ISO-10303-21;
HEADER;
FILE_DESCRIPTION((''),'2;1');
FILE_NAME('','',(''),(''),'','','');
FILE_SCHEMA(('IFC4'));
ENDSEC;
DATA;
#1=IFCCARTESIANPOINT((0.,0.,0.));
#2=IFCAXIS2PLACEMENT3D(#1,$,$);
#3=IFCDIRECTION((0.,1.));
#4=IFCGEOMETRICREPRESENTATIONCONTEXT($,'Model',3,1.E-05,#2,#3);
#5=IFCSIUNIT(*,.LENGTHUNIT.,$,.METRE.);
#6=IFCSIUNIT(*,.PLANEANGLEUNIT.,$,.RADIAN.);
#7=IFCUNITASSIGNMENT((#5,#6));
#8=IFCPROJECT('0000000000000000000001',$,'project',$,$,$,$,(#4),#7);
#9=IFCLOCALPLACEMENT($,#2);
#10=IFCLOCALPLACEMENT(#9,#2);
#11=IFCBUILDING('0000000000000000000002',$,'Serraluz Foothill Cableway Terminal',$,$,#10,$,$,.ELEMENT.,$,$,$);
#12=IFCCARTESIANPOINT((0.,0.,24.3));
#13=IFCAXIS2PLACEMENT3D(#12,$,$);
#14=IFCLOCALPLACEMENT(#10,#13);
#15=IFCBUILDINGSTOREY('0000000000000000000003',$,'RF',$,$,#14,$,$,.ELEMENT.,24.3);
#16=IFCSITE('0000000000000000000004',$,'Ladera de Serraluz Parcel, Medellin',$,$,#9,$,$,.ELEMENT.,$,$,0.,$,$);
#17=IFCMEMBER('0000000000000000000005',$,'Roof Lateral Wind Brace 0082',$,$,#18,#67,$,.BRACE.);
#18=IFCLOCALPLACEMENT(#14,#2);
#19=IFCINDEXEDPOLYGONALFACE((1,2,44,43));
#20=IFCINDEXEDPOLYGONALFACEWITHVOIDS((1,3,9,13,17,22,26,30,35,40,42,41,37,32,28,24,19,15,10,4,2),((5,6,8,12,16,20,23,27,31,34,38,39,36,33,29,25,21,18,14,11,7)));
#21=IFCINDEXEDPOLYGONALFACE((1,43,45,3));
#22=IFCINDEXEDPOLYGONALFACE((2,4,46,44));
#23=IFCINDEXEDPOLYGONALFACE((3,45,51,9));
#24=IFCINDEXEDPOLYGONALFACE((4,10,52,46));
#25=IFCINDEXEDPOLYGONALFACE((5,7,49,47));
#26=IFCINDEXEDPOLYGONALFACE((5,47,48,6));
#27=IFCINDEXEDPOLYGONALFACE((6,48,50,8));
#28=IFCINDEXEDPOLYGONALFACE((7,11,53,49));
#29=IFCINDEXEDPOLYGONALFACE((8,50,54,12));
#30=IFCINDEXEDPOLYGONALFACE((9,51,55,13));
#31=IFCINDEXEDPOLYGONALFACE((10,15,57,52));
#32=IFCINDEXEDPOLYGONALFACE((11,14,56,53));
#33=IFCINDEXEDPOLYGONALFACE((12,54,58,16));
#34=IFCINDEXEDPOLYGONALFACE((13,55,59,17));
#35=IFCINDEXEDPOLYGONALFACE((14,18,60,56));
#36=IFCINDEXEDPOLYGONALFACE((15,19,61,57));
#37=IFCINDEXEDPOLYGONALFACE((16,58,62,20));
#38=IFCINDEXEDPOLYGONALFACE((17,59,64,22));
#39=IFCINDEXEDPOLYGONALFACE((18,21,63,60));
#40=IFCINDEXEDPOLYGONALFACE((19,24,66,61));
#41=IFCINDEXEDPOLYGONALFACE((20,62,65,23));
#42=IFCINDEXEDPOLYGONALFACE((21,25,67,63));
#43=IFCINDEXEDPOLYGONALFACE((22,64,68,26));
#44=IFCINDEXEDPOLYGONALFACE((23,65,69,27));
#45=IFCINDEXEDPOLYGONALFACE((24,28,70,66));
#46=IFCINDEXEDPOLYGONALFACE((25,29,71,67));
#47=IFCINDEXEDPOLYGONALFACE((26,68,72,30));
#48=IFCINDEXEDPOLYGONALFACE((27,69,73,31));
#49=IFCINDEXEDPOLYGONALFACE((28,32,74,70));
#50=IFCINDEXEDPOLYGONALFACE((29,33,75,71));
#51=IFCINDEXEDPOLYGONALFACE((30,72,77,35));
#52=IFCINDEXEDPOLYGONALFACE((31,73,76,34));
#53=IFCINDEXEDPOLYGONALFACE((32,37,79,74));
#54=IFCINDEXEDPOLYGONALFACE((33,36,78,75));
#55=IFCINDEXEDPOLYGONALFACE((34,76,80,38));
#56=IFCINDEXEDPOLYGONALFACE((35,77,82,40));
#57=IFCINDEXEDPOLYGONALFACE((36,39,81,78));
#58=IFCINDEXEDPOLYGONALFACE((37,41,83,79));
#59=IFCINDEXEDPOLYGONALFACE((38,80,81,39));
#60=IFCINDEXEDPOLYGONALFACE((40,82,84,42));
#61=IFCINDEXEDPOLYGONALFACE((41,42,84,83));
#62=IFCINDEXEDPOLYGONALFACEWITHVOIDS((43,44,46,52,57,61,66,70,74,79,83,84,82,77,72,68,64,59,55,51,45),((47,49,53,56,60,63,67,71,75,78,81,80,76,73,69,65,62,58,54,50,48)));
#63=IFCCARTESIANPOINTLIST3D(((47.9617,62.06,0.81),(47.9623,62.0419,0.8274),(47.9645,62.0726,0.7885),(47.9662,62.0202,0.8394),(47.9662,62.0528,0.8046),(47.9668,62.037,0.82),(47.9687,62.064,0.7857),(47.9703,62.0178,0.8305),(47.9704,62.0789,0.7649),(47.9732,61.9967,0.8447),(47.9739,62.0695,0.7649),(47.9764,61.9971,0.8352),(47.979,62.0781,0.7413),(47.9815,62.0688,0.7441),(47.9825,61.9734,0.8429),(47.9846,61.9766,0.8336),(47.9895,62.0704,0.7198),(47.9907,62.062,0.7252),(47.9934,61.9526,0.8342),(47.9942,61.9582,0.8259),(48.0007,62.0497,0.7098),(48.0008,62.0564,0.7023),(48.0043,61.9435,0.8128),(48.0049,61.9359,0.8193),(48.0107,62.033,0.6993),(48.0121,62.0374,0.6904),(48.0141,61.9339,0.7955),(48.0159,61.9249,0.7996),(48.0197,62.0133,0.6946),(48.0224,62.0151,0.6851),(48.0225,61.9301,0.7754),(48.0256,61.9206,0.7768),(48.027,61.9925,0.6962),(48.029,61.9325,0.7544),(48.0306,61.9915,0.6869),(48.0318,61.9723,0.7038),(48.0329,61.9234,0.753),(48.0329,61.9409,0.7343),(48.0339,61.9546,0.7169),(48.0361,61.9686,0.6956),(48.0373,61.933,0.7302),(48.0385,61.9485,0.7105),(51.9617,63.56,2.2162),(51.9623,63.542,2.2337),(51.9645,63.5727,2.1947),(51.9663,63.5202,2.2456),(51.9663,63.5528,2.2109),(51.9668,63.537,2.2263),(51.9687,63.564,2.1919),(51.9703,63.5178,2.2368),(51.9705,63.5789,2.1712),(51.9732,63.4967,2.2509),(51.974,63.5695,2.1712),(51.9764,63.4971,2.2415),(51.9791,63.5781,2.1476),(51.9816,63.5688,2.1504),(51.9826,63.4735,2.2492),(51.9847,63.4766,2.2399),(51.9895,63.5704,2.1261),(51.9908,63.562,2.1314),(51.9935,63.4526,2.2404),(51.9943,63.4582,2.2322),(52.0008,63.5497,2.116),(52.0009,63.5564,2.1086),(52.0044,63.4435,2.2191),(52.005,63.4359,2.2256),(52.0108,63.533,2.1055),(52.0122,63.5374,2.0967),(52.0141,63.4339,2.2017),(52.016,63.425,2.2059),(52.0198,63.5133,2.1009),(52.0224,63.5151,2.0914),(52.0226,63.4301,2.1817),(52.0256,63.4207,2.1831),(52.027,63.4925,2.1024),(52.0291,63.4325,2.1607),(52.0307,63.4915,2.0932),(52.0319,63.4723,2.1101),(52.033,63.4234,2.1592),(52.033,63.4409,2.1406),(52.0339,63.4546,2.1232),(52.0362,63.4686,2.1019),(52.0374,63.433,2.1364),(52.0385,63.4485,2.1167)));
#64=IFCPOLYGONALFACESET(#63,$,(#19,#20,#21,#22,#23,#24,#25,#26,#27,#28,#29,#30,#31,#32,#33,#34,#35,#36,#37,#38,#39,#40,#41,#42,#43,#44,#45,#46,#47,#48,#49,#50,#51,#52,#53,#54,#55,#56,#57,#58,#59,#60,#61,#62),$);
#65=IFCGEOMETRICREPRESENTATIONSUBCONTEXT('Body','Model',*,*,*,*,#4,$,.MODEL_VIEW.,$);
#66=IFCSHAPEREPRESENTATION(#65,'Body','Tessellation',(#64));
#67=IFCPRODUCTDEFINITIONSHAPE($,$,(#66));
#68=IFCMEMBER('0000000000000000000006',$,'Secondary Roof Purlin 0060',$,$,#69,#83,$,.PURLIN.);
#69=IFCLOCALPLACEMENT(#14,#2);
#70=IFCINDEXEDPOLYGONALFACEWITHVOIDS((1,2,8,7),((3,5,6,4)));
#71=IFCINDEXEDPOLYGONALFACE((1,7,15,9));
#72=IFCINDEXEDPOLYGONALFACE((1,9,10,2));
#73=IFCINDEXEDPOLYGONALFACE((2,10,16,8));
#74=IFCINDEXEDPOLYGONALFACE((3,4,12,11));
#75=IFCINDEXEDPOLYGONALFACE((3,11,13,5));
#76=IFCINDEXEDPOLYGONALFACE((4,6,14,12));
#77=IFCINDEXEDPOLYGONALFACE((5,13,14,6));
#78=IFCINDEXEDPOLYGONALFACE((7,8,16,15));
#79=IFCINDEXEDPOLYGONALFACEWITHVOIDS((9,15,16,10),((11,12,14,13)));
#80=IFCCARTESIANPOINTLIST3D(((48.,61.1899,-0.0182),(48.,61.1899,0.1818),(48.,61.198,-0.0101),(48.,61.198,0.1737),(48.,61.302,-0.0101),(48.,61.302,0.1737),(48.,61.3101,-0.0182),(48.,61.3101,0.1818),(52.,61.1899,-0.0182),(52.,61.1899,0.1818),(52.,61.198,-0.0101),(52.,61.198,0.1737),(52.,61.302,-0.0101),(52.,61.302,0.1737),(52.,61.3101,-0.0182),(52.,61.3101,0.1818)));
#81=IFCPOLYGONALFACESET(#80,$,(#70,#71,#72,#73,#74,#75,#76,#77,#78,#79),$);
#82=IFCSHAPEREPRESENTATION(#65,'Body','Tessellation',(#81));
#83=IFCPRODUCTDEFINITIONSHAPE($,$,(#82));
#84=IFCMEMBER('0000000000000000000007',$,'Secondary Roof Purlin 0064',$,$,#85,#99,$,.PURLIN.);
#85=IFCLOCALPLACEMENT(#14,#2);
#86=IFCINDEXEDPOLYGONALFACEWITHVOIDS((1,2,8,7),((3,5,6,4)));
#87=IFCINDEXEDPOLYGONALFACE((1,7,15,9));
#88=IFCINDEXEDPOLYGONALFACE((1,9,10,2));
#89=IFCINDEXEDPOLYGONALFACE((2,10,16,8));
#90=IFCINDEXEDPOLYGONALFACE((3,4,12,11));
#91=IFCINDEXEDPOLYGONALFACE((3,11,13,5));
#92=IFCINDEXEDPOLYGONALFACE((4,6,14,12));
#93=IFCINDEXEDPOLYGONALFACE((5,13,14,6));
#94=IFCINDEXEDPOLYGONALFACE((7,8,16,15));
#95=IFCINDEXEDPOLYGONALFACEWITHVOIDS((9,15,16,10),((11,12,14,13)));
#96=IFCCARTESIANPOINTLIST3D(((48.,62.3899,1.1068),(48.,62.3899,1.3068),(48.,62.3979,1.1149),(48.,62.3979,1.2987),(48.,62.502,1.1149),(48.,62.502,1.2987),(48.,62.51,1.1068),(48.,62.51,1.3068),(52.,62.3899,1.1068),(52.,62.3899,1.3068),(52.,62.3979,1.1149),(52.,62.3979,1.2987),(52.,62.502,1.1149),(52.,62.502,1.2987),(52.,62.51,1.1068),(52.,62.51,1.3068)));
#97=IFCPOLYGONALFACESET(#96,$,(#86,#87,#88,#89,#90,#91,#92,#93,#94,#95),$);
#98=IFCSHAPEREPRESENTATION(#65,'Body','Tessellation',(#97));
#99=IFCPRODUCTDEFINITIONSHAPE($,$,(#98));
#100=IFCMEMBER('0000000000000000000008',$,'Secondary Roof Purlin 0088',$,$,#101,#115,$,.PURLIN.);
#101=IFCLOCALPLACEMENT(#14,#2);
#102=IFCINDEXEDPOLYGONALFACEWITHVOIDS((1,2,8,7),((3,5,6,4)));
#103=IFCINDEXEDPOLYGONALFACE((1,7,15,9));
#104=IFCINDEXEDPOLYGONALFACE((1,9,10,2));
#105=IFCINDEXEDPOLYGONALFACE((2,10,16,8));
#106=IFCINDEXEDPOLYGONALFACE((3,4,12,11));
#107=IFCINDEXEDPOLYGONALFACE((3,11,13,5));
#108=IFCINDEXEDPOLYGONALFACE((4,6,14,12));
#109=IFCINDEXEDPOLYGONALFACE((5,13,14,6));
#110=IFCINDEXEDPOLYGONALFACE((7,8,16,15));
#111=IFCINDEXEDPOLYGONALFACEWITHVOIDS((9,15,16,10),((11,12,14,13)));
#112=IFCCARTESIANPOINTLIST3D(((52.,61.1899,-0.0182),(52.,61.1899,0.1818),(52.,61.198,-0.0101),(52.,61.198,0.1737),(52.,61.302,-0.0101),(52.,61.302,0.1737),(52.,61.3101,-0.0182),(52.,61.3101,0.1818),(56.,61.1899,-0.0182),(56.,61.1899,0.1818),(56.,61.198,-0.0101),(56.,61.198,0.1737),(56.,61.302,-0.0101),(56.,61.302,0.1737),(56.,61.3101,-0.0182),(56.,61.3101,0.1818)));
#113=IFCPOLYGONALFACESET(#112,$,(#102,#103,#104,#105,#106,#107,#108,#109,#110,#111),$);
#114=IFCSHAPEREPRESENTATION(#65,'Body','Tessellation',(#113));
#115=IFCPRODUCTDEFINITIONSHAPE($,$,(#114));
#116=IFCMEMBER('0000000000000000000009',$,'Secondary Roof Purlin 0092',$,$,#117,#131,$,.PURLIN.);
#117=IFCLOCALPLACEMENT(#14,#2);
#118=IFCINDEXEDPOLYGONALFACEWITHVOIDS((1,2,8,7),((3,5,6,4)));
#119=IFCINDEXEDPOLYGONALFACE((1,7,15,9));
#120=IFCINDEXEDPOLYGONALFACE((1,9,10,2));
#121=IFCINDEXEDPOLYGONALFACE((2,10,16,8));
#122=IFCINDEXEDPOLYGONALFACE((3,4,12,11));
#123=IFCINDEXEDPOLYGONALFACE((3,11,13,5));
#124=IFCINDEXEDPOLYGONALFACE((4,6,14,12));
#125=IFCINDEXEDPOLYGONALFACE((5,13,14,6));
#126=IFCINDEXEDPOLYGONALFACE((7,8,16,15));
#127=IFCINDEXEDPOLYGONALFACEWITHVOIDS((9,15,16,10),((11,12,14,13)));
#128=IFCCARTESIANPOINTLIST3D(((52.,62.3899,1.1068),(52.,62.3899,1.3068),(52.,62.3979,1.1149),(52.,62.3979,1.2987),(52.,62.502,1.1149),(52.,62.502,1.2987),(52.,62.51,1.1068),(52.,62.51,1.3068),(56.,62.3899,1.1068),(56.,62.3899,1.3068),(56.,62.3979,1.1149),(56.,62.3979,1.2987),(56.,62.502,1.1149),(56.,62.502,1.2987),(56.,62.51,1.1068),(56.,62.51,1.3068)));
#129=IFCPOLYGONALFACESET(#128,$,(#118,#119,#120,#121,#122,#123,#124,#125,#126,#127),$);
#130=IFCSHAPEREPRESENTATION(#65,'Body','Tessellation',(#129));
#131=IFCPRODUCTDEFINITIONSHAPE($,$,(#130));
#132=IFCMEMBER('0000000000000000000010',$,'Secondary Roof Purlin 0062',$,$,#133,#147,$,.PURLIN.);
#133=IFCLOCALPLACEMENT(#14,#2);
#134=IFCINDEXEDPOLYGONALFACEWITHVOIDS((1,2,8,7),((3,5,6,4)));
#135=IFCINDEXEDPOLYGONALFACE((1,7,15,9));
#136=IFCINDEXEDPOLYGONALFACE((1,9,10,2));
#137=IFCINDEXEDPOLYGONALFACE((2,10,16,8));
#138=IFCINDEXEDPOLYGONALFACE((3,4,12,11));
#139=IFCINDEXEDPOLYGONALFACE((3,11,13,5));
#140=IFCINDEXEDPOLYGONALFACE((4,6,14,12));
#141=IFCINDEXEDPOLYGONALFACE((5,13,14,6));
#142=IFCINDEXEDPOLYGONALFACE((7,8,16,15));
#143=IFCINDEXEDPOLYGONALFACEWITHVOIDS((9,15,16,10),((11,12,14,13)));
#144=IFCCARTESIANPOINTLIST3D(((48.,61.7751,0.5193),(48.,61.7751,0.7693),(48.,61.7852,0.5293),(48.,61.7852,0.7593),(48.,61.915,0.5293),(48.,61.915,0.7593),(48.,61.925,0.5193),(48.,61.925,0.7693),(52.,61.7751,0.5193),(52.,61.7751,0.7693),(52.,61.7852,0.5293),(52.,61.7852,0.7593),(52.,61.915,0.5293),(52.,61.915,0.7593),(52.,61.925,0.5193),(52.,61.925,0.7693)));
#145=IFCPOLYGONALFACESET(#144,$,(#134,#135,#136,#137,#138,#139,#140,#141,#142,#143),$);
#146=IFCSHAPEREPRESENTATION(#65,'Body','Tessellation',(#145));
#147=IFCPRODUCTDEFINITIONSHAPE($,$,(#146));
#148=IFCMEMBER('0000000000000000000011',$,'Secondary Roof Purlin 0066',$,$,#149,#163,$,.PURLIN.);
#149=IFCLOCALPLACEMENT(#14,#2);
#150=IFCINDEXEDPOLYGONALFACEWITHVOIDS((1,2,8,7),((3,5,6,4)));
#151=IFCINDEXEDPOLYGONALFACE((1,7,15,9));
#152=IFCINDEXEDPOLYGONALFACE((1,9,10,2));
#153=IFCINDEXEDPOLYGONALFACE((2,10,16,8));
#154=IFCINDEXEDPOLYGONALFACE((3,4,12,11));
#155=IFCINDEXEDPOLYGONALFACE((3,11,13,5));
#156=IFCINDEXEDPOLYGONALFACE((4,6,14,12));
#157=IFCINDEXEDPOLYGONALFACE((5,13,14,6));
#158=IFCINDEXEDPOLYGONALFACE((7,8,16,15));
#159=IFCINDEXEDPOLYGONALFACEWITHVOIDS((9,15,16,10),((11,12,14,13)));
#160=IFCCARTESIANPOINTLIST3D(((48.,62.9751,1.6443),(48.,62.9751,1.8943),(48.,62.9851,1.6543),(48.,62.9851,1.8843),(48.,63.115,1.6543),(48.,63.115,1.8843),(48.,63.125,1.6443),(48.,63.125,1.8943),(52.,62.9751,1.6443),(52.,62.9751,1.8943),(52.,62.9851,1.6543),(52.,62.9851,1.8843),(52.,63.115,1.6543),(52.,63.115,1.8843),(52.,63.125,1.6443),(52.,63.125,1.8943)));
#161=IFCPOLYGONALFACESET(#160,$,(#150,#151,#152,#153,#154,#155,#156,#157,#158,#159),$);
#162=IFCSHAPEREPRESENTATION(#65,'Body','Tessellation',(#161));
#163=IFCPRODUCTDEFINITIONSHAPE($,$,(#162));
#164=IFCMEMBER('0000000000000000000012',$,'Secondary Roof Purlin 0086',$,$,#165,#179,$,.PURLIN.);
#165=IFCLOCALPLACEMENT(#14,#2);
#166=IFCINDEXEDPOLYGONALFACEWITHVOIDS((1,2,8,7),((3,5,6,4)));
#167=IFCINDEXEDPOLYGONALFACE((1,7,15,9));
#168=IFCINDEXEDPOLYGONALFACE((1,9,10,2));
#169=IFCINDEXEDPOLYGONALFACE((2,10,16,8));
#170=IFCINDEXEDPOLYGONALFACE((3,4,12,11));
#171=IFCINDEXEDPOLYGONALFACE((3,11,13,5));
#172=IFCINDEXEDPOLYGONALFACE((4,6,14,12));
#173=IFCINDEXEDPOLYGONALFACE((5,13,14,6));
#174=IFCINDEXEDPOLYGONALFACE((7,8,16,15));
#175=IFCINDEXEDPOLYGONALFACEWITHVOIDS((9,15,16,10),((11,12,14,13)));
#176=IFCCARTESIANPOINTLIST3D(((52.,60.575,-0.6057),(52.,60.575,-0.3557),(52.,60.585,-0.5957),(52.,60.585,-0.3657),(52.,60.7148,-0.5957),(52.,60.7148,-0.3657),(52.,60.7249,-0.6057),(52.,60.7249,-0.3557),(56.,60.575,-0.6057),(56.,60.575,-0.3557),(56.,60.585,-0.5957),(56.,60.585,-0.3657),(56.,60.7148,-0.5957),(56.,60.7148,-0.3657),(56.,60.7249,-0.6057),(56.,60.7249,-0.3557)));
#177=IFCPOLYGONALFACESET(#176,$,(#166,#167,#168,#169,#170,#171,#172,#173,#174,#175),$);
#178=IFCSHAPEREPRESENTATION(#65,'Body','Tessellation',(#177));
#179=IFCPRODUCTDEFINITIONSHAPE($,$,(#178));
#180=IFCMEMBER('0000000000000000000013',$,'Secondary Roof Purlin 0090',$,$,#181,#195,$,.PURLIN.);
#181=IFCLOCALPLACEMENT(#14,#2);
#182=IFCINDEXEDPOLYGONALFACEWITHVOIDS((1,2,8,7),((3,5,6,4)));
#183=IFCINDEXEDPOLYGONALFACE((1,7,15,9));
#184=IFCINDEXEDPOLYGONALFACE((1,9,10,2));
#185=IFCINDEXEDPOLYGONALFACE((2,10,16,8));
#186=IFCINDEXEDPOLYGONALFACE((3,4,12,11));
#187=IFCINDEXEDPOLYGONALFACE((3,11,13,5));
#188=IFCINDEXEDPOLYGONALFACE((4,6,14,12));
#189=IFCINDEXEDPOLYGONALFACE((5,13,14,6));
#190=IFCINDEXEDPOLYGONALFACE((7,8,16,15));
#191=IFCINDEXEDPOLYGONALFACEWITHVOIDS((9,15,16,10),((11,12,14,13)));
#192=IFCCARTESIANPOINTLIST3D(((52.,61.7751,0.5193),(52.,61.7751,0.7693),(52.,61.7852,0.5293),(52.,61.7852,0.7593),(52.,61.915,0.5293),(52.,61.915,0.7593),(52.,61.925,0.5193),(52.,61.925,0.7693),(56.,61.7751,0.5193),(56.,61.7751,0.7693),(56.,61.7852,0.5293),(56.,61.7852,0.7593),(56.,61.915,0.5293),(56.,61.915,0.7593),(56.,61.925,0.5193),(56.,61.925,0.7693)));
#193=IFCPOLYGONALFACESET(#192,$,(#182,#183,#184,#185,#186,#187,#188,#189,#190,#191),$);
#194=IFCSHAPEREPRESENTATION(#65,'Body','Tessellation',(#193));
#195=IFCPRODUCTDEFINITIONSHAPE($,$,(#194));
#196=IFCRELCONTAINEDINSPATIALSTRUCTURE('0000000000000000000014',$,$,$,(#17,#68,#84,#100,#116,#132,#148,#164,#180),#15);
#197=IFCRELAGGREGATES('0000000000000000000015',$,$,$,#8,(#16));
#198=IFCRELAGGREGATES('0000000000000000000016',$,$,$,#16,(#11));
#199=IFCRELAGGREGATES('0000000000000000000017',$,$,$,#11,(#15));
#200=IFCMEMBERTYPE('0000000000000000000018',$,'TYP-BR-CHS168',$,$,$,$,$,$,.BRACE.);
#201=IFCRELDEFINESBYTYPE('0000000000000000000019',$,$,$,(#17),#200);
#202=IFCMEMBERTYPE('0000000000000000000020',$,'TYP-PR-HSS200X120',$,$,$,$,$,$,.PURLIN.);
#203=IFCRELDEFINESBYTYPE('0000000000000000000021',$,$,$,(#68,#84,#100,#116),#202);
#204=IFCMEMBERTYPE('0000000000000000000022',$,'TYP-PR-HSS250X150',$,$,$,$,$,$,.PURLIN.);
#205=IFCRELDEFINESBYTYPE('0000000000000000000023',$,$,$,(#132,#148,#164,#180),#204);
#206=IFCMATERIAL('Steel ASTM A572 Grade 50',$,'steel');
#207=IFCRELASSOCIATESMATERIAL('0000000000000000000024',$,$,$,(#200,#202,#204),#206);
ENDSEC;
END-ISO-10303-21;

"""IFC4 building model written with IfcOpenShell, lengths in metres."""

from ifc_helpers import new_model, si_unit, direction, frame, origin, origin_2d, place, context, subcontext, project, spatial, hollow_rectangle, hollow_circle, extrude, material, material_profile, profile_set, type_object, element, save


model = new_model("IFC4")

# Units and contexts
model_context = context("Model", 3, precision=1e-05, world=origin(), true_north=direction((0.0, 1.0)))
body_context = subcontext(model_context, "Body", "Model", "MODEL_VIEW")
ifc_project = project(units=[si_unit("LENGTHUNIT", "METRE"), si_unit("PLANEANGLEUNIT", "RADIAN")], contexts=[model_context])

# Site, building, storey
site_placement = place(None, origin())
site = spatial("IfcSite", under=ifc_project, at=site_placement, Name="Ladera de Serraluz Parcel, Medellin", CompositionType="ELEMENT", RefElevation=0.0)
building_placement = place(site_placement, origin())
building = spatial("IfcBuilding", under=site, at=building_placement, Name="Serraluz Foothill Cableway Terminal", CompositionType="ELEMENT")
storey_placement = place(building_placement, frame((0.0, 0.0, 24.3)))
storey = spatial("IfcBuildingStorey", under=building, at=storey_placement, Name="RF", CompositionType="ELEMENT", Elevation=24.3)

# Members
ifc_material_1 = material(Name="Steel ASTM A572 Grade 50", Category="steel")
ifc_material_profile_1 = material_profile(ifc_material_1, hollow_circle(Radius=0.0842, WallThickness=0.01, at=origin_2d()), Name="CHS168X10")
ifc_profile_set_1 = profile_set([ifc_material_profile_1], Name="Steel ASTM A572 Grade 50")
member_type_1 = type_object("IfcMemberType", Name="TYP-BR-CHS168", PredefinedType="BRACE", material=ifc_profile_set_1)
member_1_placement = place(storey_placement, frame((48.0, 62.0, 0.7649), z_axis=(0.889382, 0.333518, 0.312673), x_axis=(-0.351123, 0.936329, 0.0)))
element("IfcMember", 1, at=member_1_placement, inside=storey, type_object=member_type_1, Name="Roof Lateral Wind Brace 0082", PredefinedType="BRACE", context=body_context, shape_type="SweptSolid", body=[
    extrude(hollow_circle(Radius=0.0842, WallThickness=0.01, at=origin_2d()), origin(), (0.0, 0.0, 1.0), 4.4976),
])
ifc_material_profile_2 = material_profile(ifc_material_1, hollow_rectangle(XDim=0.1201, YDim=0.2, WallThickness=0.0081, at=origin_2d()), Name="HSS200X120X8")
ifc_profile_set_2 = profile_set([ifc_material_profile_2], Name="Steel ASTM A572 Grade 50")
member_type_2 = type_object("IfcMemberType", Name="TYP-PR-HSS200X120", PredefinedType="PURLIN", material=ifc_profile_set_2)
for number, where, z_axis, x_axis, name in (
    (2, (48.0, 61.25, 0.0818), (1.0, 0.0, 0.0), (0.0, 1.0, 0.0), "Secondary Roof Purlin 0060"),
    (3, (48.0, 62.45, 1.2068), (1.0, 0.0, 0.0), (0.0, 1.0, 0.0), "Secondary Roof Purlin 0064"),
    (4, (52.0, 61.25, 0.0818), (1.0, 0.0, 0.0), (0.0, 1.0, 0.0), "Secondary Roof Purlin 0088"),
    (5, (52.0, 62.45, 1.2068), (1.0, 0.0, 0.0), (0.0, 1.0, 0.0), "Secondary Roof Purlin 0092"),
):
    element("IfcMember", number, at=place(storey_placement, frame(where, z_axis=z_axis, x_axis=x_axis)), inside=storey, type_object=member_type_2, Name=name, PredefinedType="PURLIN", context=body_context, shape_type="SweptSolid", body=[
        extrude(hollow_rectangle(XDim=0.1201, YDim=0.2, WallThickness=0.0081, at=origin_2d()), origin(), (0.0, 0.0, 1.0), 4.0),
    ])
ifc_material_profile_3 = material_profile(ifc_material_1, hollow_rectangle(XDim=0.1499, YDim=0.25, WallThickness=0.01, at=origin_2d()), Name="HSS250X150X10")
ifc_profile_set_3 = profile_set([ifc_material_profile_3], Name="Steel ASTM A572 Grade 50")
member_type_3 = type_object("IfcMemberType", Name="TYP-PR-HSS250X150", PredefinedType="PURLIN", material=ifc_profile_set_3)
for number, where, z_axis, x_axis, name in (
    (6, (48.0, 61.8501, 0.6443), (1.0, 0.0, 0.0), (0.0, 1.0, 0.0), "Secondary Roof Purlin 0062"),
    (7, (48.0, 63.05, 1.7693), (1.0, 0.0, 0.0), (0.0, 1.0, 0.0), "Secondary Roof Purlin 0066"),
    (8, (52.0, 60.6499, -0.4807), (1.0, 0.0, 0.0), (0.0, 1.0, 0.0), "Secondary Roof Purlin 0086"),
    (9, (52.0, 61.8501, 0.6443), (1.0, 0.0, 0.0), (0.0, 1.0, 0.0), "Secondary Roof Purlin 0090"),
):
    element("IfcMember", number, at=place(storey_placement, frame(where, z_axis=z_axis, x_axis=x_axis)), inside=storey, type_object=member_type_3, Name=name, PredefinedType="PURLIN", context=body_context, shape_type="SweptSolid", body=[
        extrude(hollow_rectangle(XDim=0.1499, YDim=0.25, WallThickness=0.01, at=origin_2d()), origin(), (0.0, 0.0, 1.0), 4.0),
    ])

save(model, "model.ifc")
